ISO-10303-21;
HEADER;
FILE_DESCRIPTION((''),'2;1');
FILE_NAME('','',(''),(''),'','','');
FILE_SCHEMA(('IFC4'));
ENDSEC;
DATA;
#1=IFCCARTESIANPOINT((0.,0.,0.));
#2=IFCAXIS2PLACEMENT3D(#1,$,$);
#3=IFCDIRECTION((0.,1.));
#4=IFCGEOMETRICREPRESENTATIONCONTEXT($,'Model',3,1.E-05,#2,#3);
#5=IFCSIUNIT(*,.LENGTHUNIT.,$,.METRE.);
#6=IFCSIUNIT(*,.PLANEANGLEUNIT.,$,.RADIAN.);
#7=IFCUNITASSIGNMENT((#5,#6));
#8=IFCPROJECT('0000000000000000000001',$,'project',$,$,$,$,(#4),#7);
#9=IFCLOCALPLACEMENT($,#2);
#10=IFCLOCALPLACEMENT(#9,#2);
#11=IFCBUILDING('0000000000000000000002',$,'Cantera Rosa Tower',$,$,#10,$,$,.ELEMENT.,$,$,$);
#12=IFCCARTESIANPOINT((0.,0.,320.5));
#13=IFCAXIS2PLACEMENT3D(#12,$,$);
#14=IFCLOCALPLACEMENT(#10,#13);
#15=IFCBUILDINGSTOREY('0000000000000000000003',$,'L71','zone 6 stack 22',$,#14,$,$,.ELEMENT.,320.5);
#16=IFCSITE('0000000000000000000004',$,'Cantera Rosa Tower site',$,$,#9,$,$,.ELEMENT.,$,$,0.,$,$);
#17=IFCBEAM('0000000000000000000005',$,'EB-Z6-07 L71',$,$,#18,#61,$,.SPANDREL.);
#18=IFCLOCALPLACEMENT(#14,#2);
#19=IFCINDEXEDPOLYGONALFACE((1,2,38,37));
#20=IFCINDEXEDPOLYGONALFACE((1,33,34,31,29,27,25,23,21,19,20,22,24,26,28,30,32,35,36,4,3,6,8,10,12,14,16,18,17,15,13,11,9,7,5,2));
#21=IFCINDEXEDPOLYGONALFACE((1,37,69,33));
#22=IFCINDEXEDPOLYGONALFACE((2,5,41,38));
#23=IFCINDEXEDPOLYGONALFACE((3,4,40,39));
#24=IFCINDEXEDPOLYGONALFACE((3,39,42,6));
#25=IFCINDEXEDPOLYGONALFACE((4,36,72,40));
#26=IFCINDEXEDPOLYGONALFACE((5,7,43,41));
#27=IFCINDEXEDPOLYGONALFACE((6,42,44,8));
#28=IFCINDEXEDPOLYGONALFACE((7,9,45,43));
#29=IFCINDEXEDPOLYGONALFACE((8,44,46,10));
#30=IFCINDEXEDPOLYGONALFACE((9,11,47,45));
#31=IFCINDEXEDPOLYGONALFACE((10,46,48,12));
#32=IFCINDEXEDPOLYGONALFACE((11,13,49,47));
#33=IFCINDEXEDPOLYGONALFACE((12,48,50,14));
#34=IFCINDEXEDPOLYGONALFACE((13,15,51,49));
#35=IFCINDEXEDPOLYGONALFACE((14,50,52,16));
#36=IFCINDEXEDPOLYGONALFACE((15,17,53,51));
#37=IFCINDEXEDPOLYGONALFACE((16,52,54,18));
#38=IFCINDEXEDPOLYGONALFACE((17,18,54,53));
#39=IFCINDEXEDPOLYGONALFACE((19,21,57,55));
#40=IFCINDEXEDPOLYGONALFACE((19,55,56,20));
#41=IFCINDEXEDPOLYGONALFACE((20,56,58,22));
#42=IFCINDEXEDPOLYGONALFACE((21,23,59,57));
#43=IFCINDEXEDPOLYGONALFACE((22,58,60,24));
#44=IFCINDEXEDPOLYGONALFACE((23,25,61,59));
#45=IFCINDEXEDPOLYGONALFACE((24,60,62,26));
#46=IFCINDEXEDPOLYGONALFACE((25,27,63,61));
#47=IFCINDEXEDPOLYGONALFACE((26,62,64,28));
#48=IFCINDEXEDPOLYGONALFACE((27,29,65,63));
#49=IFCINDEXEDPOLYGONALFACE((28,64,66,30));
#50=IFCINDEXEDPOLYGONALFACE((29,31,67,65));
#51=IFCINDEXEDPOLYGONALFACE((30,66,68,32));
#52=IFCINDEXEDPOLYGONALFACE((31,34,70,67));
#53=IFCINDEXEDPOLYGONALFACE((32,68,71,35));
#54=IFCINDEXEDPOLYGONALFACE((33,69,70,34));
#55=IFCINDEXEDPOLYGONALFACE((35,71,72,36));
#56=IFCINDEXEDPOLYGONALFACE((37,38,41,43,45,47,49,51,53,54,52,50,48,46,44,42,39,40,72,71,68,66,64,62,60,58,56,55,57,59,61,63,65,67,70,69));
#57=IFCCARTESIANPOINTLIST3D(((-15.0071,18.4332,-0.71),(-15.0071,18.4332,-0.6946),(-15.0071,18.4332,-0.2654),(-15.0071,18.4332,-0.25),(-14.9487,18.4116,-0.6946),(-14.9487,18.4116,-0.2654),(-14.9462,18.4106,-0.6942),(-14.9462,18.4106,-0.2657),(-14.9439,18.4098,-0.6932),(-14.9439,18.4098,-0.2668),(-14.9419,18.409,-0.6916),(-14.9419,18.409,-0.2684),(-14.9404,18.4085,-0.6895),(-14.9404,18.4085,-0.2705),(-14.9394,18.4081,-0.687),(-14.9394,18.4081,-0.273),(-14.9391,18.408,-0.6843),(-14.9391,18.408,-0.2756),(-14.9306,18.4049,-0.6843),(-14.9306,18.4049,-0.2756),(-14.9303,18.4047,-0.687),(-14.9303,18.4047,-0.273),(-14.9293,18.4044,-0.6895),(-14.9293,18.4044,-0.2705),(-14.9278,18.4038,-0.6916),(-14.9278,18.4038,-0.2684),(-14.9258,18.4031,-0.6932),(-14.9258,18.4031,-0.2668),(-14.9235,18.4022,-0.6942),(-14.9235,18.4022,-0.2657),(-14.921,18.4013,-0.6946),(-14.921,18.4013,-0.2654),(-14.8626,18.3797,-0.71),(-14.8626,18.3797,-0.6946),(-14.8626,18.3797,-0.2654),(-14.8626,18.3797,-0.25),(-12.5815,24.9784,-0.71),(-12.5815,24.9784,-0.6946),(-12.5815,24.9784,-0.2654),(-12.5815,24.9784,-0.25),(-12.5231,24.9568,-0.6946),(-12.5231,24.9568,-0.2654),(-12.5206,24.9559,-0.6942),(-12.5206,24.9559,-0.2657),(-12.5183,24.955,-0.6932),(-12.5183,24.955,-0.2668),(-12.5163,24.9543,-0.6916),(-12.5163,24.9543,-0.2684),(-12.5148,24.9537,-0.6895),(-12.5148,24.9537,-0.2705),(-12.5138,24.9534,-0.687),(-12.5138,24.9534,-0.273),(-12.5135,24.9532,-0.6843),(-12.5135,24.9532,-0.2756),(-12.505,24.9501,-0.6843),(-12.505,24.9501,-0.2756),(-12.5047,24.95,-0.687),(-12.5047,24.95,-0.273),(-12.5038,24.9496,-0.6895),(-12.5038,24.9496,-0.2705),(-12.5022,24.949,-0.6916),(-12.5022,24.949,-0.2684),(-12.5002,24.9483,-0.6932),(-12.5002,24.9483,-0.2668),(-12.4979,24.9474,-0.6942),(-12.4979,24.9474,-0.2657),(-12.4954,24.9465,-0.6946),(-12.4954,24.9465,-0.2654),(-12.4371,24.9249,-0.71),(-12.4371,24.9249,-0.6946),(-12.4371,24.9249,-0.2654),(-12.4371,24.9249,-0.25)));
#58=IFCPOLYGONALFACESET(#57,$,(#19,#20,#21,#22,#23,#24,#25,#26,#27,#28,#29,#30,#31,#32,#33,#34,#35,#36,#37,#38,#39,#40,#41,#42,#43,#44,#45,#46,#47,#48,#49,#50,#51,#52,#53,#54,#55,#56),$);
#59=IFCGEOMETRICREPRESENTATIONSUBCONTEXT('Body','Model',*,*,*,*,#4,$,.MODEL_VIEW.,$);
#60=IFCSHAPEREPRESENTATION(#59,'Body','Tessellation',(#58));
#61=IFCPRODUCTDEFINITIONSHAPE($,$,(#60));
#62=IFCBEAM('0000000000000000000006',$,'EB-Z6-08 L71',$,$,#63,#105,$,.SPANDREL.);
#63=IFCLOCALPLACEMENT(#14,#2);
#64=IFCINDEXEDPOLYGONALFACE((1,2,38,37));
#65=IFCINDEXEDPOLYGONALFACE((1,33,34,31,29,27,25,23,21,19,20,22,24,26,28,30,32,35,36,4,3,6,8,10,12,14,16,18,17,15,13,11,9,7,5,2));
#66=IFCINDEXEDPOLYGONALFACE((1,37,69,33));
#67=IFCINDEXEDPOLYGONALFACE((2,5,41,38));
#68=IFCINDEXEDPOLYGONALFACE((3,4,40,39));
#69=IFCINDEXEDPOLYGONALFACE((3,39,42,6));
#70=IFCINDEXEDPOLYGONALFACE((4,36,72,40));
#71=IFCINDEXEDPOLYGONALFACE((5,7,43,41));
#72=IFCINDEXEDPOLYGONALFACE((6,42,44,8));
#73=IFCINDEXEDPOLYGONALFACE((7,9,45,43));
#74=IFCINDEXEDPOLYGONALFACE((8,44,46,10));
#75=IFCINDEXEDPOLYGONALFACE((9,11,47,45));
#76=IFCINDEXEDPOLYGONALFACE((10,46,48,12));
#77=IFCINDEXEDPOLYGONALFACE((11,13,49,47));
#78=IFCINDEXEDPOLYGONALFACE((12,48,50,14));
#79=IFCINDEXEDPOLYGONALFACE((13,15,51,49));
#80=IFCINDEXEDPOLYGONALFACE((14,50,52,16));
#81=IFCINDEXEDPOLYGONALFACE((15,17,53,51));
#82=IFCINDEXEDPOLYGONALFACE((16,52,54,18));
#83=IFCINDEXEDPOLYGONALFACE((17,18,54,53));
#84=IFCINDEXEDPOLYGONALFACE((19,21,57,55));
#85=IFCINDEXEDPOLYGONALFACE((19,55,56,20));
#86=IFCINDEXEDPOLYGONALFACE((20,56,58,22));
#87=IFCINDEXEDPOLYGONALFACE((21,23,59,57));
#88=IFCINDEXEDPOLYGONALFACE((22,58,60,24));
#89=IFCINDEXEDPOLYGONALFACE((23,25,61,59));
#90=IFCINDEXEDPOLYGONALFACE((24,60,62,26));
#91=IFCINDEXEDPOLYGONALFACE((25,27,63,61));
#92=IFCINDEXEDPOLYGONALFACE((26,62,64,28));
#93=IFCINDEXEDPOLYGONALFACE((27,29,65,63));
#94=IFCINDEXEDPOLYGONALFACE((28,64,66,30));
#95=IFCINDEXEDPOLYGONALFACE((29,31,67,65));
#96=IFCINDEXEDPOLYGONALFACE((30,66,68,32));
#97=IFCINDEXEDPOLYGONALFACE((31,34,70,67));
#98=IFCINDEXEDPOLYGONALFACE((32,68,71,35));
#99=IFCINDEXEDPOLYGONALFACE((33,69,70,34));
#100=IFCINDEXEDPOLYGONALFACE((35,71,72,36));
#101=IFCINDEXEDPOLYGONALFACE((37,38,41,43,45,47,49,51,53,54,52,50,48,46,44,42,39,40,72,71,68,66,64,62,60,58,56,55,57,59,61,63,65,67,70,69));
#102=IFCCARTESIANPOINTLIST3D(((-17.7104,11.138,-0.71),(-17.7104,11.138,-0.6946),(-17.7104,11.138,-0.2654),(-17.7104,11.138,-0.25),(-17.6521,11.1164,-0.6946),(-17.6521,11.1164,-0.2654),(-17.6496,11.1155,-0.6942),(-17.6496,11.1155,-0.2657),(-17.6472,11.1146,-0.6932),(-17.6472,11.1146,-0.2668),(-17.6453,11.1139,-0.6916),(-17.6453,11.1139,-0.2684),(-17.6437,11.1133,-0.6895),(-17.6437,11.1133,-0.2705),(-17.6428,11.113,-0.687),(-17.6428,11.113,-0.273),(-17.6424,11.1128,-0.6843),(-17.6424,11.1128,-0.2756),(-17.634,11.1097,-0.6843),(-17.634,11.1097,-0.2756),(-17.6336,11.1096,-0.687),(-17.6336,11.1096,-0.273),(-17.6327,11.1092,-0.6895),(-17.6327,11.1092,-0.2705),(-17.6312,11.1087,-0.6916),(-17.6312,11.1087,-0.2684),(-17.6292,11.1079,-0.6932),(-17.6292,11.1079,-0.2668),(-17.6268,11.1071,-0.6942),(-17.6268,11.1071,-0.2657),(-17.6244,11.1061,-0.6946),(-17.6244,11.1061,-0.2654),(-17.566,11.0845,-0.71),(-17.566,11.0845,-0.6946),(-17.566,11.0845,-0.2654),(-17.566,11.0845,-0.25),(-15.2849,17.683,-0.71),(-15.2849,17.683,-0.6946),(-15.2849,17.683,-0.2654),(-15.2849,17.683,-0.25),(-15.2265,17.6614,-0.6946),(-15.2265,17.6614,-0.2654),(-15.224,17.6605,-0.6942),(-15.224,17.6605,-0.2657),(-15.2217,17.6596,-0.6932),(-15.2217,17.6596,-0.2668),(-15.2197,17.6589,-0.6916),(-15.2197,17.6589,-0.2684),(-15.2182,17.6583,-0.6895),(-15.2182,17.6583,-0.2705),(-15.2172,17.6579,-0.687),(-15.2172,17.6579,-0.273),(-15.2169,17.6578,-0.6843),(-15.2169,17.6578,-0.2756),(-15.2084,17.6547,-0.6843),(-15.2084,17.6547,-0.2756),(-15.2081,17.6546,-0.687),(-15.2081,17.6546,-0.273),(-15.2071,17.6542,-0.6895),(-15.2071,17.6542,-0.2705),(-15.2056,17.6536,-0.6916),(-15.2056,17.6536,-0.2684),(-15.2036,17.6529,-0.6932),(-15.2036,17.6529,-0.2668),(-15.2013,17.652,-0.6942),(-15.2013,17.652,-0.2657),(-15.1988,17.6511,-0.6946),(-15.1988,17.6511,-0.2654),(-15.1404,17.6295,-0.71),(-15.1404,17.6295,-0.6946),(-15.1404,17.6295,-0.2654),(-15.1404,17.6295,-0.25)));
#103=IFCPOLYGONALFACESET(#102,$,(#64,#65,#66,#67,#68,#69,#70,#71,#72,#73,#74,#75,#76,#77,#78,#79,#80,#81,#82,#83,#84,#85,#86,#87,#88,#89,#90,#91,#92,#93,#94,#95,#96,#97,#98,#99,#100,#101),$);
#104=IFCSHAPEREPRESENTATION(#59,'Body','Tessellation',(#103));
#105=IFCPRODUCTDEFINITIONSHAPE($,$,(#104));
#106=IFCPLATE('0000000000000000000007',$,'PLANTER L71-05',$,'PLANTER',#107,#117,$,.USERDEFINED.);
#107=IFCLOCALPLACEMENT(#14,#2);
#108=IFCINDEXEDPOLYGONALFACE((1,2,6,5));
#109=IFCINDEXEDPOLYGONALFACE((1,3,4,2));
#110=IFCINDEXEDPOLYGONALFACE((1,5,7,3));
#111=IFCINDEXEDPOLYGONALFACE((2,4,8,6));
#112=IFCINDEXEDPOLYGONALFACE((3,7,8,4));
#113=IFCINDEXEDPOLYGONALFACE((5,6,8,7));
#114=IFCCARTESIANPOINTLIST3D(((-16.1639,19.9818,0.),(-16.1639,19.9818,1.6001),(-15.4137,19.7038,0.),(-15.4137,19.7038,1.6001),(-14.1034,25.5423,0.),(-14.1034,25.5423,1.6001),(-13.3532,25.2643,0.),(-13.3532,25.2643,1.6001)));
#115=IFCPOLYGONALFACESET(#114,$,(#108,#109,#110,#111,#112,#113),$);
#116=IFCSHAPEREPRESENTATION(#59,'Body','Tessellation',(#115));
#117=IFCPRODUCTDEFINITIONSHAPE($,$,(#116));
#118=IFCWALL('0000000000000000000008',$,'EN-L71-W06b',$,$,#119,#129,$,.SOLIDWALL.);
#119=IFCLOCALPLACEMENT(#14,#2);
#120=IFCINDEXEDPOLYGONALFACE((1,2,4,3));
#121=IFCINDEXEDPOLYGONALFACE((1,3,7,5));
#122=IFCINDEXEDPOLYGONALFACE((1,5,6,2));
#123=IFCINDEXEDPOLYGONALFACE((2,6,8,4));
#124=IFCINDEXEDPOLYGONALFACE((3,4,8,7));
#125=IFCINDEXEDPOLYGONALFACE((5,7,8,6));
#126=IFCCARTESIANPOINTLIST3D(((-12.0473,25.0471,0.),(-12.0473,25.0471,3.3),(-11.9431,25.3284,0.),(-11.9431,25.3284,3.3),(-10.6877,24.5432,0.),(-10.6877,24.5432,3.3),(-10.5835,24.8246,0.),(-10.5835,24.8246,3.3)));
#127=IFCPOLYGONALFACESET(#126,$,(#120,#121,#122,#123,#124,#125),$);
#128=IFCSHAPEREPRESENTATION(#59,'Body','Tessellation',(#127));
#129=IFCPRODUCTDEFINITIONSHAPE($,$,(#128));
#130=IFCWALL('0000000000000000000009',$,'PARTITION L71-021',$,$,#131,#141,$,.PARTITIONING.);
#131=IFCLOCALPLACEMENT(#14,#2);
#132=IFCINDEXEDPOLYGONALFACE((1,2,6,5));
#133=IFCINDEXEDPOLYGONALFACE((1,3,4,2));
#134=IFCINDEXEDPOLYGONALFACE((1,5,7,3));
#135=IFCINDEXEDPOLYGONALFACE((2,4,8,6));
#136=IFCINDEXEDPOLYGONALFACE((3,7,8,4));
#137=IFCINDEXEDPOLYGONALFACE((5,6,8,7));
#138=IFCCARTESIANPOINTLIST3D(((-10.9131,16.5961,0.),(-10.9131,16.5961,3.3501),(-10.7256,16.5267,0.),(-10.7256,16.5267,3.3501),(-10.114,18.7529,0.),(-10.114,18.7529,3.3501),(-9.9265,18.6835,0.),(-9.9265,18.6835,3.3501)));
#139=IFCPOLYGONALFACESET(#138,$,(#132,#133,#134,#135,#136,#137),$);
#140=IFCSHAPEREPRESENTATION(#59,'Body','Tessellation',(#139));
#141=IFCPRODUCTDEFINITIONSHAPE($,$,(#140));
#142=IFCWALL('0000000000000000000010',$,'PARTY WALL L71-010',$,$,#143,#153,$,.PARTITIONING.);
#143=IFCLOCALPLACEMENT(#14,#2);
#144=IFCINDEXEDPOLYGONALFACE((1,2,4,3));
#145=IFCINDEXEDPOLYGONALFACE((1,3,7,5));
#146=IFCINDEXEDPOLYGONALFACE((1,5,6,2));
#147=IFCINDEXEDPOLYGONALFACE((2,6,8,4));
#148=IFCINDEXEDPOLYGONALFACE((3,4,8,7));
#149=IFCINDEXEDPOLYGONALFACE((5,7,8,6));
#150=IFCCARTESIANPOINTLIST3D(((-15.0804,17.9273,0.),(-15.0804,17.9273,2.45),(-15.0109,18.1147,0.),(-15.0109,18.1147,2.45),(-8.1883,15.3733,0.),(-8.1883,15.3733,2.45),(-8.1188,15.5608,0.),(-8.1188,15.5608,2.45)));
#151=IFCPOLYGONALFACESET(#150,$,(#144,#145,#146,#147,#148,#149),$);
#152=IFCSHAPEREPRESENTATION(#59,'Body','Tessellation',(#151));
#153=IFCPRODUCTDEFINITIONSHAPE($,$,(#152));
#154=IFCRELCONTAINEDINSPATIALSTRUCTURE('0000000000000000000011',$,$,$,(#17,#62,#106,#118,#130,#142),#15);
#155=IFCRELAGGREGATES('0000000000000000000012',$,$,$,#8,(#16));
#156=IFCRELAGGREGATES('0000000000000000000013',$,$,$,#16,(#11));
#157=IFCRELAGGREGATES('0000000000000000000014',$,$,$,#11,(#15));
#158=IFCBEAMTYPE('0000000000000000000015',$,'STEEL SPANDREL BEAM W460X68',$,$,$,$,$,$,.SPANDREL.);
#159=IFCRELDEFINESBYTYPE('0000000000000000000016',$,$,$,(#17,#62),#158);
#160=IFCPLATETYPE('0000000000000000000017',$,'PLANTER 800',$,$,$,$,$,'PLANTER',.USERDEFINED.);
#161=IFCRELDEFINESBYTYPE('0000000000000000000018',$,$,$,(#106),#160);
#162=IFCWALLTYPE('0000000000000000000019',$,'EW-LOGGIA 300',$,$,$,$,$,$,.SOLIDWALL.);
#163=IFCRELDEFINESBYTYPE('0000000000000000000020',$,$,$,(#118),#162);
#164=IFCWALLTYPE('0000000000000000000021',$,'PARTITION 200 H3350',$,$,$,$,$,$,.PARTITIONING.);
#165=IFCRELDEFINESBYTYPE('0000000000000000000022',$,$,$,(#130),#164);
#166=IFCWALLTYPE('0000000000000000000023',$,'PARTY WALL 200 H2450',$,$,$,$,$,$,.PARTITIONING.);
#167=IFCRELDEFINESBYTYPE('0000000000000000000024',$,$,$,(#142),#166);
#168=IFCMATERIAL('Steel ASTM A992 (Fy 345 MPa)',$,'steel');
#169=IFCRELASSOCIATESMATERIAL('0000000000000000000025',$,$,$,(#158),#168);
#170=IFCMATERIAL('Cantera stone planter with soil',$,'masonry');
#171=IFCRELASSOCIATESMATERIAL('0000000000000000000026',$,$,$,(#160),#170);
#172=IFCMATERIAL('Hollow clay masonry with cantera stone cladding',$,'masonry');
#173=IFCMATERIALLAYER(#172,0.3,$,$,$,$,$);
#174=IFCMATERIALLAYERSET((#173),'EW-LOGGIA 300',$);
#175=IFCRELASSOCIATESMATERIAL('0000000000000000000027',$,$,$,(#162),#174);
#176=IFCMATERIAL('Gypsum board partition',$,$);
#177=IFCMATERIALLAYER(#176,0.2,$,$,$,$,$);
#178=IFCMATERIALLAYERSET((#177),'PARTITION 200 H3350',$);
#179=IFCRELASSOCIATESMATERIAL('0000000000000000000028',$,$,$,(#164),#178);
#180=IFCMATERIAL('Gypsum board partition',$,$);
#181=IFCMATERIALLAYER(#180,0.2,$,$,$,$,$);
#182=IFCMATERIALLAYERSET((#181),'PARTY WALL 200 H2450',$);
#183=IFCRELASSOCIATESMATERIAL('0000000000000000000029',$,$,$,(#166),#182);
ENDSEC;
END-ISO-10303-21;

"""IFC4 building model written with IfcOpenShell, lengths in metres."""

from ifc_helpers import new_model, si_unit, direction, frame, frame_2d, origin, origin_2d, place, context, subcontext, project, spatial, rectangle, i_section, extrude, material, layer, layer_set, material_profile, profile_set, type_object, element, save


model = new_model("IFC4")

# Units and contexts
model_context = context("Model", 3, precision=1e-05, world=origin(), true_north=direction((0.0, 1.0)))
body_context = subcontext(model_context, "Body", "Model", "MODEL_VIEW")
ifc_project = project(units=[si_unit("LENGTHUNIT", "METRE"), si_unit("PLANEANGLEUNIT", "RADIAN")], contexts=[model_context])

# Site, building, storey
site_placement = place(None, origin())
site = spatial("IfcSite", under=ifc_project, at=site_placement, Name="Cantera Rosa Tower site", CompositionType="ELEMENT", RefElevation=0.0)
building_placement = place(site_placement, origin())
building = spatial("IfcBuilding", under=site, at=building_placement, Name="Cantera Rosa Tower", CompositionType="ELEMENT")
storey_placement = place(building_placement, frame((0.0, 0.0, 320.5)))
storey = spatial("IfcBuildingStorey", under=building, at=storey_placement, Name="L71", Description="zone 6 stack 22", CompositionType="ELEMENT", Elevation=320.5)

# Beams
ifc_material_1 = material(Name="Steel ASTM A992 (Fy 345 MPa)", Category="steel")
ifc_material_profile_1 = material_profile(ifc_material_1, i_section(OverallWidth=0.1541, OverallDepth=0.46, WebThickness=0.009, FlangeThickness=0.0154, FilletRadius=0.0103, at=origin_2d()), Name="W460X68")
ifc_profile_set_1 = profile_set([ifc_material_profile_1], Name="Steel ASTM A992 (Fy 345 MPa)")
beam_type_1 = type_object("IfcBeamType", Name="STEEL SPANDREL BEAM W460X68", PredefinedType="SPANDREL", material=ifc_profile_set_1)
beam_1_placement = place(storey_placement, frame((-12.5093, 24.9517, -0.48), z_axis=(-0.347491, -0.937683, 0.0), x_axis=(0.937683, -0.347491, 0.0)))
element("IfcBeam", 1, at=beam_1_placement, inside=storey, type_object=beam_type_1, Name="EB-Z6-07 L71", PredefinedType="SPANDREL", context=body_context, shape_type="SweptSolid", body=[
    extrude(i_section(OverallWidth=0.1541, OverallDepth=0.46, WebThickness=0.009, FlangeThickness=0.0154, FilletRadius=0.0103, at=origin_2d()), origin(), (0.0, 0.0, 1.0), 6.9802),
])
beam_2_placement = place(storey_placement, frame((-15.2126, 17.6562, -0.48), z_axis=(-0.347502, -0.937679, 0.0), x_axis=(0.937679, -0.347502, 0.0)))
element("IfcBeam", 2, at=beam_2_placement, inside=storey, type_object=beam_type_1, Name="EB-Z6-08 L71", PredefinedType="SPANDREL", context=body_context, shape_type="SweptSolid", body=[
    extrude(i_section(OverallWidth=0.1541, OverallDepth=0.46, WebThickness=0.009, FlangeThickness=0.0154, FilletRadius=0.0103, at=origin_2d()), origin(), (0.0, 0.0, 1.0), 6.98),
])

# Plate
ifc_material_2 = material(Name="Cantera stone planter with soil", Category="masonry")
plate_type = type_object("IfcPlateType", Name="PLANTER 800", ElementType="PLANTER", PredefinedType="USERDEFINED", material=ifc_material_2)
plate_placement = place(storey_placement, frame((-14.7585, 22.623, 0.0), z_axis=(0.0, 0.0, 1.0), x_axis=(-0.347481, -0.937687, 0.0)))
element("IfcPlate", 3, at=plate_placement, inside=storey, type_object=plate_type, Name="PLANTER L71-05", ObjectType="PLANTER", PredefinedType="USERDEFINED", context=body_context, shape_type="SweptSolid", body=[
    extrude(rectangle(XDim=5.9299, YDim=0.8, at=origin_2d()), origin(), (0.0, 0.0, 1.0), 1.6001),
])

# Wall
ifc_material_3 = material(Name="Hollow clay masonry with cantera stone cladding", Category="masonry")
ifc_layer_1 = layer(ifc_material_3, 0.3)
ifc_layer_set_1 = layer_set([ifc_layer_1], Name="EW-LOGGIA 300")
wall_type_1 = type_object("IfcWallType", Name="EW-LOGGIA 300", PredefinedType="SOLIDWALL", material=ifc_layer_set_1)
wall_1_placement = place(storey_placement, frame((-10.6355, 24.6838, 0.0), z_axis=(0.0, 0.0, 1.0), x_axis=(-0.937672, 0.347523, 0.0)))
element("IfcWall", 4, at=wall_1_placement, inside=storey, type_object=wall_type_1, Name="EN-L71-W06b", PredefinedType="SOLIDWALL", context=body_context, shape_type="SweptSolid", body=[
    extrude(rectangle(XDim=1.45, YDim=0.3, at=frame_2d((0.7251, 0.0))), origin(), (0.0, 0.0, 1.0), 3.3),
])

# Walls
ifc_material_4 = material(Name="Gypsum board partition")
ifc_layer_2 = layer(ifc_material_4, 0.2)
ifc_layer_set_2 = layer_set([ifc_layer_2], Name="PARTITION 200 H3350")
wall_type_2 = type_object("IfcWallType", Name="PARTITION 200 H3350", PredefinedType="PARTITIONING", material=ifc_layer_set_2)
wall_2_placement = place(storey_placement, frame((-10.8193, 16.5615, 0.0), z_axis=(0.0, 0.0, 1.0), x_axis=(0.347422, 0.937709, 0.0)))
element("IfcWall", 5, at=wall_2_placement, inside=storey, type_object=wall_type_2, Name="PARTITION L71-021", PredefinedType="PARTITIONING", context=body_context, shape_type="SweptSolid", body=[
    extrude(rectangle(XDim=2.3, YDim=0.2, at=frame_2d((1.1499, 0.0))), origin(), (0.0, 0.0, 1.0), 3.3501),
])
ifc_material_5 = material(Name="Gypsum board partition")
ifc_layer_3 = layer(ifc_material_5, 0.2)
ifc_layer_set_3 = layer_set([ifc_layer_3], Name="PARTY WALL 200 H2450")
wall_type_3 = type_object("IfcWallType", Name="PARTY WALL 200 H2450", PredefinedType="PARTITIONING", material=ifc_layer_set_3)
wall_3_placement = place(storey_placement, frame((-15.0457, 18.021, 0.0), z_axis=(0.0, 0.0, 1.0), x_axis=(0.93769, -0.347473, 0.0)))
element("IfcWall", 6, at=wall_3_placement, inside=storey, type_object=wall_type_3, Name="PARTY WALL L71-010", PredefinedType="PARTITIONING", context=body_context, shape_type="SweptSolid", body=[
    extrude(rectangle(XDim=7.3501, YDim=0.2, at=frame_2d((3.675, 0.0))), origin(), (0.0, 0.0, 1.0), 2.45),
])

save(model, "model.ifc")
